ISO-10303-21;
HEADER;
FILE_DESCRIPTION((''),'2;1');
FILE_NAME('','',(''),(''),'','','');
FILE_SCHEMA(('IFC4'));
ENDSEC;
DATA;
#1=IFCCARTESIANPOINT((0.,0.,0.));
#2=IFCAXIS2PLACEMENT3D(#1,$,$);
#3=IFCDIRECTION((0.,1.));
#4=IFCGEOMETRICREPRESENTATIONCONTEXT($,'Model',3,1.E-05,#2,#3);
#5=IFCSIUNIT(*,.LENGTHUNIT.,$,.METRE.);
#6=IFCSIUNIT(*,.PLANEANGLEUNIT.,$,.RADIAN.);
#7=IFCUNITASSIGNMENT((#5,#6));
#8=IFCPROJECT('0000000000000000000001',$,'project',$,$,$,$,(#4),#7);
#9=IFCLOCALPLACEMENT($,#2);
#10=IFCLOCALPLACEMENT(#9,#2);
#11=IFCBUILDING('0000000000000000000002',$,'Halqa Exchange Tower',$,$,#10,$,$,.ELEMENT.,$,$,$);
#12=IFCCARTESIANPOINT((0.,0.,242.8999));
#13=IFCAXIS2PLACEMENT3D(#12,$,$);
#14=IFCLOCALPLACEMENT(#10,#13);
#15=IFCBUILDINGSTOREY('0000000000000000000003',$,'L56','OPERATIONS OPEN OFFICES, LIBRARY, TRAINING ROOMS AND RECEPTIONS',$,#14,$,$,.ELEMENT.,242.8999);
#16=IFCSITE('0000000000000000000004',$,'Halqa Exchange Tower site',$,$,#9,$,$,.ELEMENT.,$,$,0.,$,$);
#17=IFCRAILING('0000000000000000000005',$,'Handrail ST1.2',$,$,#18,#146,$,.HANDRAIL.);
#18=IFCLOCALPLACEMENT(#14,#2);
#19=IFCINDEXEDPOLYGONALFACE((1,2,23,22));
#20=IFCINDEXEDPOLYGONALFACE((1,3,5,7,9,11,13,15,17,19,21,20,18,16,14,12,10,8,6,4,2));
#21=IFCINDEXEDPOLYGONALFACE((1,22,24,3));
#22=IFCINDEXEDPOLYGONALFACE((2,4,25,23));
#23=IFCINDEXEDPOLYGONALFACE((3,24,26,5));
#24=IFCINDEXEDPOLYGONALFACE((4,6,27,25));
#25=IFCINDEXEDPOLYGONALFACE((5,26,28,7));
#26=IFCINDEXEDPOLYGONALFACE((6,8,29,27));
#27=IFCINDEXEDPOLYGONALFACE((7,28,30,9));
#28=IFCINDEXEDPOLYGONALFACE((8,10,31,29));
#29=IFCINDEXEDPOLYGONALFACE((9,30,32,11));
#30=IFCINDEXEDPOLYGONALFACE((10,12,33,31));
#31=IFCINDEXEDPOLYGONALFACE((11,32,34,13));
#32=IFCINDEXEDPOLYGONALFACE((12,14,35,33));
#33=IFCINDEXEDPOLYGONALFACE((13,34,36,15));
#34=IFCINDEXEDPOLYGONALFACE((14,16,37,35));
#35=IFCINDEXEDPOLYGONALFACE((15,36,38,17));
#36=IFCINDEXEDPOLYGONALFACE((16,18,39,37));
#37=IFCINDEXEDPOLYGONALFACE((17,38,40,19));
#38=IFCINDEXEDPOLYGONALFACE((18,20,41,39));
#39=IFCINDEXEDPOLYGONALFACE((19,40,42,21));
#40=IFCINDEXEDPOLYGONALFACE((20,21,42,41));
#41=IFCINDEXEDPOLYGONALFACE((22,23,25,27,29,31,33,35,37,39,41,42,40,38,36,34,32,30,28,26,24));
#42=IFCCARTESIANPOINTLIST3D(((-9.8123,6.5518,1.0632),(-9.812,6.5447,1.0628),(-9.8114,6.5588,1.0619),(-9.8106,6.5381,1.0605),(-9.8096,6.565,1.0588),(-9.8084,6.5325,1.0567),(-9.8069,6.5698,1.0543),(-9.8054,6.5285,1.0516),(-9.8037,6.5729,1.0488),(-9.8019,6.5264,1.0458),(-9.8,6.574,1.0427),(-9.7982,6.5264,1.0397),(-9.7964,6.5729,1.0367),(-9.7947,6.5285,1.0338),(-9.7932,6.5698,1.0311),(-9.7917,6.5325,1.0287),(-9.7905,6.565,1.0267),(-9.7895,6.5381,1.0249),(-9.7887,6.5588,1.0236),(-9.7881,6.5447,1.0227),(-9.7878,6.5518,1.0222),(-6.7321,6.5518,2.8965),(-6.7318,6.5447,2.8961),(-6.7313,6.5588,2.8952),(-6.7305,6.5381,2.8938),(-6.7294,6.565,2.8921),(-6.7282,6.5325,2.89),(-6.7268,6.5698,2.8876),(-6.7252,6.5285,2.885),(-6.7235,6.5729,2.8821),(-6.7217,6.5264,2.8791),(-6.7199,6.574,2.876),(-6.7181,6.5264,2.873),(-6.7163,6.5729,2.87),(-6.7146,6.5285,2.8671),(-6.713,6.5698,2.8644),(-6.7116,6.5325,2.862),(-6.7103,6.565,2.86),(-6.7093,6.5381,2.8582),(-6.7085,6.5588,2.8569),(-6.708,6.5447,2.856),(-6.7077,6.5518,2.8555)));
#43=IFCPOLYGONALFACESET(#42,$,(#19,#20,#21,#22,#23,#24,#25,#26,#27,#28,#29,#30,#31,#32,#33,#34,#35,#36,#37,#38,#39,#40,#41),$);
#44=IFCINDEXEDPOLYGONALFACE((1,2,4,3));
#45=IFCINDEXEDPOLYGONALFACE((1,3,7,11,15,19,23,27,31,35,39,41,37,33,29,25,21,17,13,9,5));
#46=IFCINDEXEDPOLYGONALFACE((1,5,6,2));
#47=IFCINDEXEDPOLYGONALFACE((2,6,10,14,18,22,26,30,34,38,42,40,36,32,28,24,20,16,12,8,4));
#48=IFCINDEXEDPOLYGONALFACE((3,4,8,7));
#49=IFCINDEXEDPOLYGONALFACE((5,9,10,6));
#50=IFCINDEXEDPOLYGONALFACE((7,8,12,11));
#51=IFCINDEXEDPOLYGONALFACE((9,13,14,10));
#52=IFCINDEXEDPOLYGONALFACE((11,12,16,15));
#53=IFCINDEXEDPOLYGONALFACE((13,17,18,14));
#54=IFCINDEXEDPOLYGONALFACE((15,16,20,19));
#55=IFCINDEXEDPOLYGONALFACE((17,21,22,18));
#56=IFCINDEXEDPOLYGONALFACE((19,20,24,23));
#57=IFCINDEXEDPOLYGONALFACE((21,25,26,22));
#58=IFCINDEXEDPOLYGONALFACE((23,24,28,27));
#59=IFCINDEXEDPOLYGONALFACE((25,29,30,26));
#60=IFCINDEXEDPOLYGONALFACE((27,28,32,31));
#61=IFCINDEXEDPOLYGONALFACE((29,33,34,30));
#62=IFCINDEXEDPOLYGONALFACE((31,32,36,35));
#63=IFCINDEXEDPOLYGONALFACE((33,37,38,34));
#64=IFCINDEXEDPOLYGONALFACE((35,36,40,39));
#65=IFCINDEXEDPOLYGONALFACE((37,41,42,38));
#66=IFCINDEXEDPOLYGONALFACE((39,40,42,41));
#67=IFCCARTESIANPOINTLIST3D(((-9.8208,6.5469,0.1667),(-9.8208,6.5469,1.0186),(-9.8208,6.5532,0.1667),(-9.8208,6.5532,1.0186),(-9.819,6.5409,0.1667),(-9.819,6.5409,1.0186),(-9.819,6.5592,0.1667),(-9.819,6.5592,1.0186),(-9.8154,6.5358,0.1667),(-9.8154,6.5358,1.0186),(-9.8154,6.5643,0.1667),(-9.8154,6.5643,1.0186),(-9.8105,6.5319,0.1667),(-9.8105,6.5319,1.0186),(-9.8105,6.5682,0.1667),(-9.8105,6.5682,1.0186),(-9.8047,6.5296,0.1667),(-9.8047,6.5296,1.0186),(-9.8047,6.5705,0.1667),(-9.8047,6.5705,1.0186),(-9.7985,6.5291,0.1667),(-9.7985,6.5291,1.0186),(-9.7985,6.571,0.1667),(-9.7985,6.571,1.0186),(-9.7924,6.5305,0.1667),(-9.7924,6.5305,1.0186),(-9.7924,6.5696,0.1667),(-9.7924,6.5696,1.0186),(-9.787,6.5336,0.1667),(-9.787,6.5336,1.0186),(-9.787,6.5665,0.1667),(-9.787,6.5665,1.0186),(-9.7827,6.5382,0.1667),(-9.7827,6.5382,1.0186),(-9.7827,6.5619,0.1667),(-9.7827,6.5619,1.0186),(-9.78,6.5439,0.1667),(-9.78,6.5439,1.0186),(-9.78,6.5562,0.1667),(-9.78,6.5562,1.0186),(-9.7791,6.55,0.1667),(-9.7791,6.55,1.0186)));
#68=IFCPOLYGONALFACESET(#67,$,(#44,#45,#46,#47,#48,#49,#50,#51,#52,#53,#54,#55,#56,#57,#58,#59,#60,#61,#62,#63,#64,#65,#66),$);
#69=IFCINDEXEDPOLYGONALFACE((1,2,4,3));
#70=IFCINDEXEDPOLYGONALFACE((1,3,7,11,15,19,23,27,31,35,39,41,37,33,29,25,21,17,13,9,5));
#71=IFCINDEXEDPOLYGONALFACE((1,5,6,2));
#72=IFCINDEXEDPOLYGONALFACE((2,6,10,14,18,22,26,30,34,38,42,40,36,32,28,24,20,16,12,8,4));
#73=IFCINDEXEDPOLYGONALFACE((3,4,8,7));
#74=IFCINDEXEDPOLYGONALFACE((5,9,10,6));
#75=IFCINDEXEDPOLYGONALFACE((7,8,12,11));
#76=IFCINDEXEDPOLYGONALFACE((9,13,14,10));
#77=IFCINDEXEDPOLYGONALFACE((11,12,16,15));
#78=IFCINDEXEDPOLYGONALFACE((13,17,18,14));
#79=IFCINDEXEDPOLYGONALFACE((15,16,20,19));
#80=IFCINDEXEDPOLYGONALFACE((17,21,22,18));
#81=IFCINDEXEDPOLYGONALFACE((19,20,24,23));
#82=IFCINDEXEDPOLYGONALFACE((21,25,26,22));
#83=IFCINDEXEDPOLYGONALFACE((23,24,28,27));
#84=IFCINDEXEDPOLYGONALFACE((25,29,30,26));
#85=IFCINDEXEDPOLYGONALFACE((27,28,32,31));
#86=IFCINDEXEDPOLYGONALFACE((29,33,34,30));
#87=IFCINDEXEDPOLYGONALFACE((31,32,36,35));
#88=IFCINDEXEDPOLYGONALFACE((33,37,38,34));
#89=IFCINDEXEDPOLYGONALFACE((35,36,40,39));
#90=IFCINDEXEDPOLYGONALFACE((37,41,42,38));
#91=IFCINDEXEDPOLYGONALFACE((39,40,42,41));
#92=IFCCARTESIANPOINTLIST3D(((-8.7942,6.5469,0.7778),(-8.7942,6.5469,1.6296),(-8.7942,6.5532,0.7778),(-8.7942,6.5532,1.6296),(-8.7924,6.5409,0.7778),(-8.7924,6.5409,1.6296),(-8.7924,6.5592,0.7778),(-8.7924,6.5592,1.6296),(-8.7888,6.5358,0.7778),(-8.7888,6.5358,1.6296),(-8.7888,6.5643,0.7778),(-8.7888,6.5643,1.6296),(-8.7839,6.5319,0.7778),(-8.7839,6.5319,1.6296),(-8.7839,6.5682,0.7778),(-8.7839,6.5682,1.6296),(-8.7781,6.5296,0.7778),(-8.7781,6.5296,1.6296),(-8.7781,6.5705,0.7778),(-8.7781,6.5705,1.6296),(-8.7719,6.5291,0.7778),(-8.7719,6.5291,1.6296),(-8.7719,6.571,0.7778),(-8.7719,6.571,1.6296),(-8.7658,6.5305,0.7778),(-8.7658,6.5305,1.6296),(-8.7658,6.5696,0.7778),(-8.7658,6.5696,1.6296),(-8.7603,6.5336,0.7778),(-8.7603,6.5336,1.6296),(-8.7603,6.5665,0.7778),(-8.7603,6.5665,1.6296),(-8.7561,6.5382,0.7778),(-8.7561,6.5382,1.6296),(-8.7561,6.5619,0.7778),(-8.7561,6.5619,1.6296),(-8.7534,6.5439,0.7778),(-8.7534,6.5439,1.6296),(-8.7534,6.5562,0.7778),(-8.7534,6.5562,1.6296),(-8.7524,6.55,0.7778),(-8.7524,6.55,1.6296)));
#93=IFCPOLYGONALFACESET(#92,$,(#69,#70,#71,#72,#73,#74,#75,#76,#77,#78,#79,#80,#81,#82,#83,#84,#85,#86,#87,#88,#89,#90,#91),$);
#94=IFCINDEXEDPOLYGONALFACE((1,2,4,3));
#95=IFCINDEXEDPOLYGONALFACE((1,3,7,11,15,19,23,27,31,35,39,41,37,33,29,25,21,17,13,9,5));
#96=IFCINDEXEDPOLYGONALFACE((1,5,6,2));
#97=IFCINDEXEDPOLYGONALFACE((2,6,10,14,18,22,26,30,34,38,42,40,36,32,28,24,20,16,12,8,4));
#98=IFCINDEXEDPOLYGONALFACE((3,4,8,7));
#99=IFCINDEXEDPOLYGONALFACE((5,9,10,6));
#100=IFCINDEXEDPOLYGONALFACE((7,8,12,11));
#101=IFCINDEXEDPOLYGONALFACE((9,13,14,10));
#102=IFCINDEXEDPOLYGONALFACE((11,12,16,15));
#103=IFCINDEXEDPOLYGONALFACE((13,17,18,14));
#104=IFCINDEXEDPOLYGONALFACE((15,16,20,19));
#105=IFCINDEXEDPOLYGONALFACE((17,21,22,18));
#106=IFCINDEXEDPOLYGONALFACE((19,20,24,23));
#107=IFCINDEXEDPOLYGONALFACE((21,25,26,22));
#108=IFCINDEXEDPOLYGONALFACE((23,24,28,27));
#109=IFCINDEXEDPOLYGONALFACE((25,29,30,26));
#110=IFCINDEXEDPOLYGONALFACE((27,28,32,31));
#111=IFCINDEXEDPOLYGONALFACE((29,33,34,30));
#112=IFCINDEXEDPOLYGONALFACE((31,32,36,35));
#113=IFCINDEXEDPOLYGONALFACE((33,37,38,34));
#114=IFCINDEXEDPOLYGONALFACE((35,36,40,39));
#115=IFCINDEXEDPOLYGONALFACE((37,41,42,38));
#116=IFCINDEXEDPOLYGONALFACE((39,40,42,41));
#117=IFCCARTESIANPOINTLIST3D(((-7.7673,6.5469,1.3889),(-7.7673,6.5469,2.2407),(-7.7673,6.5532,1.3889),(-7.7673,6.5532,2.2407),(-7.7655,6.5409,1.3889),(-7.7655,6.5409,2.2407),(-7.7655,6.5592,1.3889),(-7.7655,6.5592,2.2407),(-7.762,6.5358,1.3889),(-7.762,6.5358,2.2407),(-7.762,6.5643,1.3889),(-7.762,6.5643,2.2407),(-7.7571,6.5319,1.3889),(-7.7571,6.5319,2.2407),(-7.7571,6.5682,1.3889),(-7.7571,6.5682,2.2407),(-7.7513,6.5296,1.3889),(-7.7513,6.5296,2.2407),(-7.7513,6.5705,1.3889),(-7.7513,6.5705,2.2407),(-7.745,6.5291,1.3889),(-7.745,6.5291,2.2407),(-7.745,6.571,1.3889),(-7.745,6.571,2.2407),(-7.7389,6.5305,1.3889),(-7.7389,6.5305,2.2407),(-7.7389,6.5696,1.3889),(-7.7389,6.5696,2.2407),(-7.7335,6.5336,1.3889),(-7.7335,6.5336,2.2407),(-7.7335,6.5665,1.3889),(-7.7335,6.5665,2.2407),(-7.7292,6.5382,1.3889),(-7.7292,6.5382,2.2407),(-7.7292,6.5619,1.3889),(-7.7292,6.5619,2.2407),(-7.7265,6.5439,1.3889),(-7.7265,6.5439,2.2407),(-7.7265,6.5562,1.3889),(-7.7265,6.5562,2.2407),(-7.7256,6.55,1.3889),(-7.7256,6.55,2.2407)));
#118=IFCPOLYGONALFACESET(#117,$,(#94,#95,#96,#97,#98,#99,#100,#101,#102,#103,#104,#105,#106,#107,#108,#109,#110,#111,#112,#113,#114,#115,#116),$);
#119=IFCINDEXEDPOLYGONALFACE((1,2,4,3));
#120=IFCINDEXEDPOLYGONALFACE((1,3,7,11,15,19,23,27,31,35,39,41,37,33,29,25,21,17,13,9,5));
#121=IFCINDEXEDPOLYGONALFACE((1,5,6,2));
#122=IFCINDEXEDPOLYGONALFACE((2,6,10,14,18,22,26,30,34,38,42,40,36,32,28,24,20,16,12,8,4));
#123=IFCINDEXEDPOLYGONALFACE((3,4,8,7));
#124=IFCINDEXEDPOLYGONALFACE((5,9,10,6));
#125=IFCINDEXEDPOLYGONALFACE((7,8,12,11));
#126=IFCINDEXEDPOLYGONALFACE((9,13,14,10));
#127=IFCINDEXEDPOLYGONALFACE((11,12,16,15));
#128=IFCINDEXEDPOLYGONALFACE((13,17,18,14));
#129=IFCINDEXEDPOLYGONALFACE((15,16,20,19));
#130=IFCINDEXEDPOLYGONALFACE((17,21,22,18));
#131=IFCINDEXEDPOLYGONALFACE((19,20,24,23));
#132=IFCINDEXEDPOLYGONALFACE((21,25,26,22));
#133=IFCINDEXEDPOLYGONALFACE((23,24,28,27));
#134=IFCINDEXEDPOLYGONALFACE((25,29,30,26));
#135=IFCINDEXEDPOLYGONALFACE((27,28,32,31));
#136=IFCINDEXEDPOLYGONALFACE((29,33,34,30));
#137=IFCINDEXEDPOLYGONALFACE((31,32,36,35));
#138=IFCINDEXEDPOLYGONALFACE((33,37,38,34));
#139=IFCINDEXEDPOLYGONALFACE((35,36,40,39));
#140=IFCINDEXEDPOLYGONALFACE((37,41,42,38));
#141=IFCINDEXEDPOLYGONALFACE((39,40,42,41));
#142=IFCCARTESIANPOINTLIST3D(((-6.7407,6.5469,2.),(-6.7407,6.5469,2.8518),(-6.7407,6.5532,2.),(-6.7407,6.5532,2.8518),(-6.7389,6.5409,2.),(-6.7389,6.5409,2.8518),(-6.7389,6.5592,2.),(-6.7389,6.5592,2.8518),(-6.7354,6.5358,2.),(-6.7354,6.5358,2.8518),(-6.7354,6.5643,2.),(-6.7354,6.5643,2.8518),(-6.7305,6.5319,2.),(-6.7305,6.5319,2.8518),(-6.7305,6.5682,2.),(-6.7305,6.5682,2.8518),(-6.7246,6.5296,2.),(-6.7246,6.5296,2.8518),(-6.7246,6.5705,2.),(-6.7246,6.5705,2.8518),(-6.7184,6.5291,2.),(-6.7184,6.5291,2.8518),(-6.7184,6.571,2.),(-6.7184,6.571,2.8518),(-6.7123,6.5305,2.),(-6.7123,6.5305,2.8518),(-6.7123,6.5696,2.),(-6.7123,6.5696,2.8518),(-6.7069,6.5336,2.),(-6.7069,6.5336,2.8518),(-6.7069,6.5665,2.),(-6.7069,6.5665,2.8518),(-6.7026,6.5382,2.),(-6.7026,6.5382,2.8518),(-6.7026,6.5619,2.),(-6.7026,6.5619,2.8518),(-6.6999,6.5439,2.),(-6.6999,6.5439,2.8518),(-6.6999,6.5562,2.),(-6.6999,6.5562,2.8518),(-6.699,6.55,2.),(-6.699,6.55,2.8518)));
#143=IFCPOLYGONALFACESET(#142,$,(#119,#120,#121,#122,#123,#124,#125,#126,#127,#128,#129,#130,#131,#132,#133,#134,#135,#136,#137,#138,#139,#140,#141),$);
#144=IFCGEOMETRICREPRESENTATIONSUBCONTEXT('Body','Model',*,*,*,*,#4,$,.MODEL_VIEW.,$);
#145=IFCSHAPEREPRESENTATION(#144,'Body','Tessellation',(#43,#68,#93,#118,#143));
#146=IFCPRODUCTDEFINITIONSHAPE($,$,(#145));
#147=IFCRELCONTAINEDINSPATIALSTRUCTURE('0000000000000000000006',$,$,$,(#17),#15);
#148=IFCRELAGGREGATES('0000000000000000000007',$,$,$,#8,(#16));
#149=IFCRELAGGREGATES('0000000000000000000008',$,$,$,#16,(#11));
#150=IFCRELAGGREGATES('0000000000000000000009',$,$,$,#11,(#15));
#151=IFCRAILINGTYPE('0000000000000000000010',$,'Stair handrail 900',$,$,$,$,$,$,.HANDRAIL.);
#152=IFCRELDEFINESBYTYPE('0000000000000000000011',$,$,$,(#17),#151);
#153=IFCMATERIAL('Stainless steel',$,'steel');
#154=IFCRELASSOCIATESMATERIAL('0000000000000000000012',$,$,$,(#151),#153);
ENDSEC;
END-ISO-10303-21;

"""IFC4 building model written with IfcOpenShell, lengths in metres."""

from ifc_helpers import new_model, si_unit, direction, frame, origin, origin_2d, place, context, subcontext, project, spatial, circle, extrude, material, type_object, element, save


model = new_model("IFC4")

# Units and contexts
model_context = context("Model", 3, precision=1e-05, world=origin(), true_north=direction((0.0, 1.0)))
body_context = subcontext(model_context, "Body", "Model", "MODEL_VIEW")
ifc_project = project(units=[si_unit("LENGTHUNIT", "METRE"), si_unit("PLANEANGLEUNIT", "RADIAN")], contexts=[model_context])

# Site, building, storey
site_placement = place(None, origin())
site = spatial("IfcSite", under=ifc_project, at=site_placement, Name="Halqa Exchange Tower site", CompositionType="ELEMENT", RefElevation=0.0)
building_placement = place(site_placement, origin())
building = spatial("IfcBuilding", under=site, at=building_placement, Name="Halqa Exchange Tower", CompositionType="ELEMENT")
storey_placement = place(building_placement, frame((0.0, 0.0, 242.8999)))
storey = spatial("IfcBuildingStorey", under=building, at=storey_placement, Name="L56", Description="OPERATIONS OPEN OFFICES, LIBRARY, TRAINING ROOMS AND RECEPTIONS", CompositionType="ELEMENT", Elevation=242.8999)

# Shared definitions
ifc_material_1 = material(Name="Stainless steel", Category="steel")

# Railing
railing_type_1 = type_object("IfcRailingType", Name="Stair handrail 900", PredefinedType="HANDRAIL", material=ifc_material_1)
railing_1_placement = place(storey_placement, frame((-9.8, 6.55, 0.1667)))
element("IfcRailing", 1, at=railing_1_placement, inside=storey, type_object=railing_type_1, Name="Handrail ST1.2", PredefinedType="HANDRAIL", context=body_context, shape_type="SweptSolid", body=[
    extrude(circle(Radius=0.0239, at=origin_2d()), frame((0.0, 0.0, 0.876), z_axis=(0.859309, 0.0, 0.511458), x_axis=(0.0, 1.0, 0.0)), (0.0, 0.0, 1.0), 3.5845),
    extrude(circle(Radius=0.021, at=origin_2d()), origin(), (0.0, 0.0, 1.0), 0.8518),
    extrude(circle(Radius=0.021, at=origin_2d()), frame((1.0266, 0.0, 0.6111)), (0.0, 0.0, 1.0), 0.8518),
    extrude(circle(Radius=0.021, at=origin_2d()), frame((2.0535, 0.0, 1.2222)), (0.0, 0.0, 1.0), 0.8518),
    extrude(circle(Radius=0.021, at=origin_2d()), frame((3.0801, 0.0, 1.8333)), (0.0, 0.0, 1.0), 0.8518),
])

save(model, "model.ifc")
